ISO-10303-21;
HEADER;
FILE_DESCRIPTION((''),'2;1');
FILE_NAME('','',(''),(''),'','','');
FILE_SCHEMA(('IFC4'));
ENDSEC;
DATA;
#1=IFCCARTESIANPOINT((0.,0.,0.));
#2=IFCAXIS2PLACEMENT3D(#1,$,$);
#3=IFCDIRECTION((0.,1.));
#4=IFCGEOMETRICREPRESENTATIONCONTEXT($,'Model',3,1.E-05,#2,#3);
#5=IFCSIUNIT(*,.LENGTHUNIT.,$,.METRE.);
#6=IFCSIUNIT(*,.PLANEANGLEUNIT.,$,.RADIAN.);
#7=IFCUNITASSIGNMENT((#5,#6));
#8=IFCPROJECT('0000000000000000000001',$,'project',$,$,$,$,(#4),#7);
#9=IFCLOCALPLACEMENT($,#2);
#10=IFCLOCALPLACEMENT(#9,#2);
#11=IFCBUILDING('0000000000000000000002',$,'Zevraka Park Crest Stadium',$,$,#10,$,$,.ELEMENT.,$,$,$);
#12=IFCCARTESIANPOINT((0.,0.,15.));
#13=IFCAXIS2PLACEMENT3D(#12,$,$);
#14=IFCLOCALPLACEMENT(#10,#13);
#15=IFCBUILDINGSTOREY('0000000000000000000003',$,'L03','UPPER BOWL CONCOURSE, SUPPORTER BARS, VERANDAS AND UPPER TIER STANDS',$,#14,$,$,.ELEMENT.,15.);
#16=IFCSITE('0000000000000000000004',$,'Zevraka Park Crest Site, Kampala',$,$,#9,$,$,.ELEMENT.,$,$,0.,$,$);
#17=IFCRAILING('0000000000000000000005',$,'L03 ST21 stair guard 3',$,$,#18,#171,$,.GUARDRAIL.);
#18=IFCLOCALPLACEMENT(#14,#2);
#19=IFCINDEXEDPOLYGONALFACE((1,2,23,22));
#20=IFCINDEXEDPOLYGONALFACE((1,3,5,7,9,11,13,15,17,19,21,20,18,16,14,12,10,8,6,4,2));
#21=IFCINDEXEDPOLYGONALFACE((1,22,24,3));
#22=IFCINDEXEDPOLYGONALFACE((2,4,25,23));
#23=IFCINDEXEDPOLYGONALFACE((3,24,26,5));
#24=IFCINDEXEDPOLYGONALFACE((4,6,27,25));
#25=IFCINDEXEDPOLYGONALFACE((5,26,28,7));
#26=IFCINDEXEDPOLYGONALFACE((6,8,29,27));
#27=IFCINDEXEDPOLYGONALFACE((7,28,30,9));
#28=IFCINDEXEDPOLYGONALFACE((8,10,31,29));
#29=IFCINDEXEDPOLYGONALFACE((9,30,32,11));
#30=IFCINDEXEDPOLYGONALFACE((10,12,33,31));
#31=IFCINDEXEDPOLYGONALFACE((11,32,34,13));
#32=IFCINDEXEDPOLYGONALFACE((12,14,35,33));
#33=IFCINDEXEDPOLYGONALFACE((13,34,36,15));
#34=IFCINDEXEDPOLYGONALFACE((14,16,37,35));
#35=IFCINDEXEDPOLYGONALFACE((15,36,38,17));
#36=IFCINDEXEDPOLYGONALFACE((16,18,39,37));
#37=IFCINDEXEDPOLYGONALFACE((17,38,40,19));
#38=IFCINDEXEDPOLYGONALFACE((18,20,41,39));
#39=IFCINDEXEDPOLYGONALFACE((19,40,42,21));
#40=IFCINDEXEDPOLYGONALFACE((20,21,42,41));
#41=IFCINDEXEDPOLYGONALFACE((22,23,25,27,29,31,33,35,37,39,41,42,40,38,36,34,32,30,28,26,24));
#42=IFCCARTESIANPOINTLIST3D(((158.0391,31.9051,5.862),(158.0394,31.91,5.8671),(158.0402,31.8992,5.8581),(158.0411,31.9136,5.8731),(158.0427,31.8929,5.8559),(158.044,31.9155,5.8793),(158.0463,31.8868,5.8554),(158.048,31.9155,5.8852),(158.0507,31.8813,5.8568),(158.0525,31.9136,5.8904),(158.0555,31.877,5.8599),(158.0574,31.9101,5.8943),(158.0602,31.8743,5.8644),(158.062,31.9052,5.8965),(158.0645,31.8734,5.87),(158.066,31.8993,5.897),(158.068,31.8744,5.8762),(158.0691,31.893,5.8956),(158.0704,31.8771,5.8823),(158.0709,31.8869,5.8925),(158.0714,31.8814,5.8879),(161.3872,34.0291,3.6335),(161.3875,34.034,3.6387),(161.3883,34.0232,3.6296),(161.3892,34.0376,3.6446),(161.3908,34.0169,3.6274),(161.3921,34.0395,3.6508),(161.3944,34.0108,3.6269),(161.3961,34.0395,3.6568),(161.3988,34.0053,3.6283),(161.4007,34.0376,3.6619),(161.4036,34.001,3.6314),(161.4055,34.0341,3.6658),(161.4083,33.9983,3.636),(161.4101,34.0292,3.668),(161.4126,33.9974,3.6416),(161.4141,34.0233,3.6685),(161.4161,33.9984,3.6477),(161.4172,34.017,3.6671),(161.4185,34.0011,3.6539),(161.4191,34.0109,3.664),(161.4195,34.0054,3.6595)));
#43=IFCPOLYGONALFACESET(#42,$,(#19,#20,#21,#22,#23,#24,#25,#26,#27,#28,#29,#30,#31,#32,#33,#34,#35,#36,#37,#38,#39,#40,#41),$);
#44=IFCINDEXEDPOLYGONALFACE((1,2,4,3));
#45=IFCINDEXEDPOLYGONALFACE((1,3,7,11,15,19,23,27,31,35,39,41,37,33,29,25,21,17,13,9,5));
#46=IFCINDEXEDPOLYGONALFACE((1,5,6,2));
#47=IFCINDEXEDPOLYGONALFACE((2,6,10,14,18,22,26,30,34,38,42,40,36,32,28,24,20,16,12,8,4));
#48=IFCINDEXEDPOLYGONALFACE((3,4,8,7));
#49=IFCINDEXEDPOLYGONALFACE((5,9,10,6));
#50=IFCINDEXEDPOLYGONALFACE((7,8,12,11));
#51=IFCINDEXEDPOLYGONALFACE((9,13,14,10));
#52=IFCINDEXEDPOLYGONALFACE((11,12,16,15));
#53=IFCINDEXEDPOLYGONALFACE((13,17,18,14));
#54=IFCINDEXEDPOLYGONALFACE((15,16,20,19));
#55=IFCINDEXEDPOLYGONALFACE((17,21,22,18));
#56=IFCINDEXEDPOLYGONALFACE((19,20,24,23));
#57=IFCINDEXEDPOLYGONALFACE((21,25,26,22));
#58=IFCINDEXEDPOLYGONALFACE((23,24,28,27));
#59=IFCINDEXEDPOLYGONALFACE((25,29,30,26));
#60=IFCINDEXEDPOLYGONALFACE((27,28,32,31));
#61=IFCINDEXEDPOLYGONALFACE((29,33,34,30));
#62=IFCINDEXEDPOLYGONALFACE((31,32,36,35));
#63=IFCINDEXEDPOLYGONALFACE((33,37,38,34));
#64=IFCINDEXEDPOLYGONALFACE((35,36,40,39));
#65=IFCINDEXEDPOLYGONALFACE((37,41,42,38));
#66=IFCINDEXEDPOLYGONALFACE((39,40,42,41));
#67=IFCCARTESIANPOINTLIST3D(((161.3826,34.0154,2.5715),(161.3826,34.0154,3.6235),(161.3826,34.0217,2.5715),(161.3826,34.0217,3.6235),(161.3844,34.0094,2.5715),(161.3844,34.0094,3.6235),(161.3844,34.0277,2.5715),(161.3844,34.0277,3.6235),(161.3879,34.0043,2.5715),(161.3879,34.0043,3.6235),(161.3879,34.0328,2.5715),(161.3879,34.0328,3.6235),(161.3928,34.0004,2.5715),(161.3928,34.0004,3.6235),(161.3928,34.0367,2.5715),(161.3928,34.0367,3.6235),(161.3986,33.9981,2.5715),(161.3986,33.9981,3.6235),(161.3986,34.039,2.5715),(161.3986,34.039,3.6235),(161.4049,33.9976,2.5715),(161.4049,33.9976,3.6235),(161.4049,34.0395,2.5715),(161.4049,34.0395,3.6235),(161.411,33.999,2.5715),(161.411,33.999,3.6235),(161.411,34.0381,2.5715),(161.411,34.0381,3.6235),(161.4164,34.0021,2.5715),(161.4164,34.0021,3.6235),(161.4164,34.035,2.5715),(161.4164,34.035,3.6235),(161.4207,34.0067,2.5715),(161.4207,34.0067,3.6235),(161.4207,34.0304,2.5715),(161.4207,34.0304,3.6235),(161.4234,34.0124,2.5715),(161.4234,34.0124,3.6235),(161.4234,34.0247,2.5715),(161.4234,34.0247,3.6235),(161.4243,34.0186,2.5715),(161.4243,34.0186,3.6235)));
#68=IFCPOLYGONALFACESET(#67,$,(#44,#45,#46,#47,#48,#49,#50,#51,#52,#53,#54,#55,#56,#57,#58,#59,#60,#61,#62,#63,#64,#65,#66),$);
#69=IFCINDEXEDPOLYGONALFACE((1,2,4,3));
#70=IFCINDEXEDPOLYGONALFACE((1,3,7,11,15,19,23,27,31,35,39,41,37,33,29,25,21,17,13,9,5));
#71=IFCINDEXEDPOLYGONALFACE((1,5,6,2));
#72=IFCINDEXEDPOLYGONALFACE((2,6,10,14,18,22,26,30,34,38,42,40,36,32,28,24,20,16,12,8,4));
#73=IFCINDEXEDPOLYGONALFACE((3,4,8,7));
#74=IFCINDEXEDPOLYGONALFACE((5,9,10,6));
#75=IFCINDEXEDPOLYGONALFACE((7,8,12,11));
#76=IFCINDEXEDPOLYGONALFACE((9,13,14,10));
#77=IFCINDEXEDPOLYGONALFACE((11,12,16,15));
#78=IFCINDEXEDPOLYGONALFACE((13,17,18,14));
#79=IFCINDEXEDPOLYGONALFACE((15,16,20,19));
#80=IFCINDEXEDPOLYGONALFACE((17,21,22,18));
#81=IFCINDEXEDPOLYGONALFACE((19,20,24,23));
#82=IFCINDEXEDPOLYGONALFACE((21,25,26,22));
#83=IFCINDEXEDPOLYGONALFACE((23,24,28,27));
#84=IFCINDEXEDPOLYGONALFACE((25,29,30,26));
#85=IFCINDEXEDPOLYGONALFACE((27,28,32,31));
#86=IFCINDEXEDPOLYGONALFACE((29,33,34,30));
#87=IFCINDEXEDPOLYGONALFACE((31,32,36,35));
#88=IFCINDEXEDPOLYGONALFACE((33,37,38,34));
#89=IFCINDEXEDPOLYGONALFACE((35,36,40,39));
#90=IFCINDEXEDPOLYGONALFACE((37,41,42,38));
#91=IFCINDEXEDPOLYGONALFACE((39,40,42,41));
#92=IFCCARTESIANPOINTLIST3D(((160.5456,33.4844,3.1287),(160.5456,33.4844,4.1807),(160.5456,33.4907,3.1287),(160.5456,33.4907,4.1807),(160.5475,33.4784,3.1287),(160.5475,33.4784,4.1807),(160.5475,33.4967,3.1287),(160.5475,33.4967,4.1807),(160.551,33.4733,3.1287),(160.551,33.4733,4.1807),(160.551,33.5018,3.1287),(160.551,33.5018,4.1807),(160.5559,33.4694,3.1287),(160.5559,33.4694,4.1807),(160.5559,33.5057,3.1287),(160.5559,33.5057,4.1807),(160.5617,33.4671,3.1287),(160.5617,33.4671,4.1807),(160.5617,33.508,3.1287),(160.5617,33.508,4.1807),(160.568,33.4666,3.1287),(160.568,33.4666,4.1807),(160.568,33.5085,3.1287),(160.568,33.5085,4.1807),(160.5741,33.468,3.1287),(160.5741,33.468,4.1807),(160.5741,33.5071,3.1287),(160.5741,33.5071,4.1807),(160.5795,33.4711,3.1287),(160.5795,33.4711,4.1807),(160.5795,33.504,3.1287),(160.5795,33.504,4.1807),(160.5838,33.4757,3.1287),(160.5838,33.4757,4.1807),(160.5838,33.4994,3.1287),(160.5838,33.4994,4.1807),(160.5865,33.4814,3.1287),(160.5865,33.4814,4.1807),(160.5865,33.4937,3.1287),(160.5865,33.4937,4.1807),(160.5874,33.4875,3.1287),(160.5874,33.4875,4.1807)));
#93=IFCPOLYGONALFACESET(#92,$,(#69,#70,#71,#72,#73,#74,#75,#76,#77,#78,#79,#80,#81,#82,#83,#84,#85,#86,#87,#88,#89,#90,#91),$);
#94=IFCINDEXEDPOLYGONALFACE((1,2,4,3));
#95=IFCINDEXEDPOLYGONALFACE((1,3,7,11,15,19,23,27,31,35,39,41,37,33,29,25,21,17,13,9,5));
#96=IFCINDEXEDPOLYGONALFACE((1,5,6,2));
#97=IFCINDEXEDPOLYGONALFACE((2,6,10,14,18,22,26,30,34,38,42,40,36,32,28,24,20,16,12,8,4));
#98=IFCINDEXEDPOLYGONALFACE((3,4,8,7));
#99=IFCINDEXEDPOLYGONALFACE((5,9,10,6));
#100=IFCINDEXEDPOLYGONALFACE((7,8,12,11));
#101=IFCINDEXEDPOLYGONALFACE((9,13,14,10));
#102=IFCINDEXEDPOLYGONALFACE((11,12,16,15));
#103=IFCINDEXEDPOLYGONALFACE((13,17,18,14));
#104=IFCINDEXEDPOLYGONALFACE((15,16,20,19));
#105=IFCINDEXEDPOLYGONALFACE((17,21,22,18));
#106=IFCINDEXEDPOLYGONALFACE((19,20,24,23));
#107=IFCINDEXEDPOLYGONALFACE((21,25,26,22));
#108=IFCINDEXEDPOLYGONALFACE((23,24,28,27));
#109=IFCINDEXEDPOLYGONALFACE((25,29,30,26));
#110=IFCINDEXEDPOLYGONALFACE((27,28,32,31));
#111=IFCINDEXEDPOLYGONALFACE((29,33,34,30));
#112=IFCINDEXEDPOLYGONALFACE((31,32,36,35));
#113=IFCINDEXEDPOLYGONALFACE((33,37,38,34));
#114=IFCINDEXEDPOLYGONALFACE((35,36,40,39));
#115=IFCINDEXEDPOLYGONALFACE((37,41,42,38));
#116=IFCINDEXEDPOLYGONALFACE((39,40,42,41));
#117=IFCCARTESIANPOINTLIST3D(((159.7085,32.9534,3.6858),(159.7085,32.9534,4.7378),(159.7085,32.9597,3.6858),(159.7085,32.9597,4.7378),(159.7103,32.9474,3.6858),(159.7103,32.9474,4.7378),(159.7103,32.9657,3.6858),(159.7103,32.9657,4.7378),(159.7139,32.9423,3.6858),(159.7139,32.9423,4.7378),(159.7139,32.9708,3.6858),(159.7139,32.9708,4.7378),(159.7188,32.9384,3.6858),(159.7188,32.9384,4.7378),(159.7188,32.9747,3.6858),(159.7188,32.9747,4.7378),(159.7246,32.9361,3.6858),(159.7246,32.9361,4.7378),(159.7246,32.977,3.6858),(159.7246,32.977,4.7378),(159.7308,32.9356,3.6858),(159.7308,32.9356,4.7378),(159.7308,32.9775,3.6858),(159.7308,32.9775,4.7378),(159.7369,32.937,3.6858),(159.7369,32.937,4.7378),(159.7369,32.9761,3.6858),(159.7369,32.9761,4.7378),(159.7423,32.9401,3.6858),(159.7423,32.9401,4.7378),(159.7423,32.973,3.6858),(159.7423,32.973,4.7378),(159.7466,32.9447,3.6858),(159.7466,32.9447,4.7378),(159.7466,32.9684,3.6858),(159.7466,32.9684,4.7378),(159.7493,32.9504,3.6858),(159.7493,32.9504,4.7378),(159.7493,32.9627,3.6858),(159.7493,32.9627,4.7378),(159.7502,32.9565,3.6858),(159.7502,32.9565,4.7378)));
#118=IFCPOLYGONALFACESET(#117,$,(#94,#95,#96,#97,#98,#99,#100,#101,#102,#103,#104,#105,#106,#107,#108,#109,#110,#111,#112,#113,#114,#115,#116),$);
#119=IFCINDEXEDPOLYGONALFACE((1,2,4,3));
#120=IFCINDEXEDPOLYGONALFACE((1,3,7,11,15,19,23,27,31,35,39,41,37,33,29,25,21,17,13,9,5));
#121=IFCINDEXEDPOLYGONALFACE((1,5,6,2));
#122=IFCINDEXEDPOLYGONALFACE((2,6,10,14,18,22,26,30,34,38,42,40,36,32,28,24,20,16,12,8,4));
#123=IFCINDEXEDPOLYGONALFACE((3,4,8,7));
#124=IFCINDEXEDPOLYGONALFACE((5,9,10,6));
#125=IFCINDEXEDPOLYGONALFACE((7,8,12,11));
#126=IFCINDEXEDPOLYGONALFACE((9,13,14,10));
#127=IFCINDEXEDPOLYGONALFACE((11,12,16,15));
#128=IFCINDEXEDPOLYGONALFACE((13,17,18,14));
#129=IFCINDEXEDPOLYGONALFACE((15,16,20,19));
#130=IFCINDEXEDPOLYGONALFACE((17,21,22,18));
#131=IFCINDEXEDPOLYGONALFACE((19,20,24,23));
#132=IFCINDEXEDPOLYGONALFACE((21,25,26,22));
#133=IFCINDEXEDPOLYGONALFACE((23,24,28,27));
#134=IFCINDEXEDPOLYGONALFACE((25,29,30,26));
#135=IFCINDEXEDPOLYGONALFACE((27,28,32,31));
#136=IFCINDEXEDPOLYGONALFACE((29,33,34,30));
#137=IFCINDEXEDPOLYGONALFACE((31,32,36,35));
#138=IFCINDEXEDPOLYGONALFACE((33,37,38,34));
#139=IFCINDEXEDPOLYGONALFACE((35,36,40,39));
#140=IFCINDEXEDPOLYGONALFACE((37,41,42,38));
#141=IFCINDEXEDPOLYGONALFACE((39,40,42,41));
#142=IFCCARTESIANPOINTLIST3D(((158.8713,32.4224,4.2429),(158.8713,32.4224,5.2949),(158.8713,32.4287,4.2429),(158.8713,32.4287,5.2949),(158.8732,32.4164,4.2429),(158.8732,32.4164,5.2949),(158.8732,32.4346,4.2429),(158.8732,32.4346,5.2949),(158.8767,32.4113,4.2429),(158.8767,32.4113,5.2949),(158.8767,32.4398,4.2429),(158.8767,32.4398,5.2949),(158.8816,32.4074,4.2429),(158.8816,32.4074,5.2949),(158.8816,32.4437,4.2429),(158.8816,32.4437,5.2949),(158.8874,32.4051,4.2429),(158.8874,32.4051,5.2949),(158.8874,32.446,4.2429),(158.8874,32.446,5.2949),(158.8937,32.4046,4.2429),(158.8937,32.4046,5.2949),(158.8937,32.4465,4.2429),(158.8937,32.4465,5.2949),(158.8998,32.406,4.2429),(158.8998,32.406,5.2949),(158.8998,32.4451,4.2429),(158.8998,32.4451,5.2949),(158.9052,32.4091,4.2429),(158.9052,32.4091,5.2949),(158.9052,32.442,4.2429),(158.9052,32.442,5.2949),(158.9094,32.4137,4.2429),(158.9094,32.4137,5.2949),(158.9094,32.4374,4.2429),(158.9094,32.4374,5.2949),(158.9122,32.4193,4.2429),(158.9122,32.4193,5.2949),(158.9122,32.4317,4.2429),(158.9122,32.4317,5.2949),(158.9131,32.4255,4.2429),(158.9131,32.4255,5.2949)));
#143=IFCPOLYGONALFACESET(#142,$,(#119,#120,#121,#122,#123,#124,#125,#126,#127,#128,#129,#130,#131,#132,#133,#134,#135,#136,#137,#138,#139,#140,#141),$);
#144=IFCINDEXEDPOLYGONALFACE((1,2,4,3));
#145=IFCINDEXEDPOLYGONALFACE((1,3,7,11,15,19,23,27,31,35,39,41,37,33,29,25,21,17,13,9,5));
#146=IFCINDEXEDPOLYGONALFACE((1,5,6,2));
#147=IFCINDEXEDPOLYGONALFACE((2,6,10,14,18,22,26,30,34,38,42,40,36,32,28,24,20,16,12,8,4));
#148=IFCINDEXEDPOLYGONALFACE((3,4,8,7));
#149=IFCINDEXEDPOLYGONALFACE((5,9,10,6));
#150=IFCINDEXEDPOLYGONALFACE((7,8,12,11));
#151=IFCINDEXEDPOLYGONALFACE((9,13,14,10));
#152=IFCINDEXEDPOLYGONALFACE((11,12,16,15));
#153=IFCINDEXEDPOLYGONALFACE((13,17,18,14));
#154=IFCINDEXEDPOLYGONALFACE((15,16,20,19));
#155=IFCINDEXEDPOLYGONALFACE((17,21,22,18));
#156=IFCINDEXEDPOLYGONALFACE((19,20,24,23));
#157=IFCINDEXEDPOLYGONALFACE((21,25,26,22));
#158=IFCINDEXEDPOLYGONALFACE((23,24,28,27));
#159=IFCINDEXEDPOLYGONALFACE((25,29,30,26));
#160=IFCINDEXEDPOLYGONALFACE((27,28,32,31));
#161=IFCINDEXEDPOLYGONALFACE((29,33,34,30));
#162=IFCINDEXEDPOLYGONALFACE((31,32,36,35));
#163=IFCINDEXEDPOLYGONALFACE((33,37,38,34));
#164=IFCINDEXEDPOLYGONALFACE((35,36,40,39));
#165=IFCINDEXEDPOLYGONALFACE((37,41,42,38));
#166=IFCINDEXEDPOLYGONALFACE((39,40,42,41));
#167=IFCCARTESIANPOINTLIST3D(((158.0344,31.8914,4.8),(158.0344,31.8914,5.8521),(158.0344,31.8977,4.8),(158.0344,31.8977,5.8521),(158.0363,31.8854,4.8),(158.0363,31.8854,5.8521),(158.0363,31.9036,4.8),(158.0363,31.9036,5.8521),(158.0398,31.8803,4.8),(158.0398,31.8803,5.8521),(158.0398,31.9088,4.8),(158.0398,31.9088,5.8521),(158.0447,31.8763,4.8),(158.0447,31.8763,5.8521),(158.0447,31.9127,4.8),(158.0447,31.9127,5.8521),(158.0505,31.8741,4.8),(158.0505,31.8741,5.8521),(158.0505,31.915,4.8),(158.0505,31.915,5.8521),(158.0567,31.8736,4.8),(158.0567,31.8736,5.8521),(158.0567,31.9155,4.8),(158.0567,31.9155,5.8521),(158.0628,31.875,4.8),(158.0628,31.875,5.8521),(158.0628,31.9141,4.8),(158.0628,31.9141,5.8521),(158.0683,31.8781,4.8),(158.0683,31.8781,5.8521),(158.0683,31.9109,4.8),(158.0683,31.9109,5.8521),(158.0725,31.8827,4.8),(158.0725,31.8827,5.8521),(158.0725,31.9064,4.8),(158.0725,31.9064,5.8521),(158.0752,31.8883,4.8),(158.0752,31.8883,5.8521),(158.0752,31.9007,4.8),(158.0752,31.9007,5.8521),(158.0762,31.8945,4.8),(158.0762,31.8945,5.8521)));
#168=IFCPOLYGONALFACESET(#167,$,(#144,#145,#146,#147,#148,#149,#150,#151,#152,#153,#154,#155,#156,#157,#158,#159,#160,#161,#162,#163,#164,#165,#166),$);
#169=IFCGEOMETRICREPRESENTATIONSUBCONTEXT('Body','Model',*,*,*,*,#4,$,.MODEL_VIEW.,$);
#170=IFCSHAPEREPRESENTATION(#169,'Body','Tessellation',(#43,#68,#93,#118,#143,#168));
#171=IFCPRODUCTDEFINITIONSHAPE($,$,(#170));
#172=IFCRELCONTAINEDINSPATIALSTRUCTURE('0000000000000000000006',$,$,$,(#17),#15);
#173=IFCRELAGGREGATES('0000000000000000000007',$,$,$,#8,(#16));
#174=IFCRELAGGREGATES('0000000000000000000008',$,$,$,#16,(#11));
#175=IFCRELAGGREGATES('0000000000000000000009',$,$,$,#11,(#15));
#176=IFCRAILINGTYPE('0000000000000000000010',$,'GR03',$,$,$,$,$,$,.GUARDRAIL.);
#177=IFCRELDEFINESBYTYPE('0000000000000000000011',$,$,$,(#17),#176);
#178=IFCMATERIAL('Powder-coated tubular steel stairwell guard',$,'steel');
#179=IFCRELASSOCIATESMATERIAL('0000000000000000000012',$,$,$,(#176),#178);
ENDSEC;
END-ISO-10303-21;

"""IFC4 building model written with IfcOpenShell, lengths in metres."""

from ifc_helpers import new_model, si_unit, direction, frame, origin, origin_2d, place, context, subcontext, project, spatial, circle, extrude, material, type_object, element, save


model = new_model("IFC4")

# Units and contexts
model_context = context("Model", 3, precision=1e-05, world=origin(), true_north=direction((0.0, 1.0)))
body_context = subcontext(model_context, "Body", "Model", "MODEL_VIEW")
ifc_project = project(units=[si_unit("LENGTHUNIT", "METRE"), si_unit("PLANEANGLEUNIT", "RADIAN")], contexts=[model_context])

# Site, building, storey
site_placement = place(None, origin())
site = spatial("IfcSite", under=ifc_project, at=site_placement, Name="Zevraka Park Crest Site, Kampala", CompositionType="ELEMENT", RefElevation=0.0)
building_placement = place(site_placement, origin())
building = spatial("IfcBuilding", under=site, at=building_placement, Name="Zevraka Park Crest Stadium", CompositionType="ELEMENT")
storey_placement = place(building_placement, frame((0.0, 0.0, 15.0)))
storey = spatial("IfcBuildingStorey", under=building, at=storey_placement, Name="L03", Description="UPPER BOWL CONCOURSE, SUPPORTER BARS, VERANDAS AND UPPER TIER STANDS", CompositionType="ELEMENT", Elevation=15.0)

# Railing
ifc_material_1 = material(Name="Powder-coated tubular steel stairwell guard", Category="steel")
railing_type_1 = type_object("IfcRailingType", Name="GR03", PredefinedType="GUARDRAIL", material=ifc_material_1)
railing_1_placement = place(storey_placement, frame((161.4033, 34.0186, 2.5715)))
element("IfcRailing", 1, at=railing_1_placement, inside=storey, type_object=railing_type_1, Name="L03 ST21 stair guard 3", PredefinedType="GUARDRAIL", context=body_context, shape_type="SweptSolid", body=[
    extrude(circle(Radius=0.0239, at=origin_2d()), frame((0.0, 0.0, 1.0762), z_axis=(-0.736117, -0.466984, 0.489957), x_axis=(0.535688, -0.844416, 0.0)), (0.0, 0.0, 1.0), 4.5483),
    extrude(circle(Radius=0.021, at=origin_2d()), origin(), (0.0, 0.0, 1.0), 1.052),
    extrude(circle(Radius=0.021, at=origin_2d()), frame((-0.8369, -0.531, 0.5571)), (0.0, 0.0, 1.0), 1.052),
    extrude(circle(Radius=0.021, at=origin_2d()), frame((-1.6741, -1.062, 1.1143)), (0.0, 0.0, 1.0), 1.052),
    extrude(circle(Radius=0.021, at=origin_2d()), frame((-2.5112, -1.593, 1.6714)), (0.0, 0.0, 1.0), 1.052),
    extrude(circle(Radius=0.021, at=origin_2d()), frame((-3.3481, -2.124, 2.2285)), (0.0, 0.0, 1.0), 1.052),
])

save(model, "model.ifc")
